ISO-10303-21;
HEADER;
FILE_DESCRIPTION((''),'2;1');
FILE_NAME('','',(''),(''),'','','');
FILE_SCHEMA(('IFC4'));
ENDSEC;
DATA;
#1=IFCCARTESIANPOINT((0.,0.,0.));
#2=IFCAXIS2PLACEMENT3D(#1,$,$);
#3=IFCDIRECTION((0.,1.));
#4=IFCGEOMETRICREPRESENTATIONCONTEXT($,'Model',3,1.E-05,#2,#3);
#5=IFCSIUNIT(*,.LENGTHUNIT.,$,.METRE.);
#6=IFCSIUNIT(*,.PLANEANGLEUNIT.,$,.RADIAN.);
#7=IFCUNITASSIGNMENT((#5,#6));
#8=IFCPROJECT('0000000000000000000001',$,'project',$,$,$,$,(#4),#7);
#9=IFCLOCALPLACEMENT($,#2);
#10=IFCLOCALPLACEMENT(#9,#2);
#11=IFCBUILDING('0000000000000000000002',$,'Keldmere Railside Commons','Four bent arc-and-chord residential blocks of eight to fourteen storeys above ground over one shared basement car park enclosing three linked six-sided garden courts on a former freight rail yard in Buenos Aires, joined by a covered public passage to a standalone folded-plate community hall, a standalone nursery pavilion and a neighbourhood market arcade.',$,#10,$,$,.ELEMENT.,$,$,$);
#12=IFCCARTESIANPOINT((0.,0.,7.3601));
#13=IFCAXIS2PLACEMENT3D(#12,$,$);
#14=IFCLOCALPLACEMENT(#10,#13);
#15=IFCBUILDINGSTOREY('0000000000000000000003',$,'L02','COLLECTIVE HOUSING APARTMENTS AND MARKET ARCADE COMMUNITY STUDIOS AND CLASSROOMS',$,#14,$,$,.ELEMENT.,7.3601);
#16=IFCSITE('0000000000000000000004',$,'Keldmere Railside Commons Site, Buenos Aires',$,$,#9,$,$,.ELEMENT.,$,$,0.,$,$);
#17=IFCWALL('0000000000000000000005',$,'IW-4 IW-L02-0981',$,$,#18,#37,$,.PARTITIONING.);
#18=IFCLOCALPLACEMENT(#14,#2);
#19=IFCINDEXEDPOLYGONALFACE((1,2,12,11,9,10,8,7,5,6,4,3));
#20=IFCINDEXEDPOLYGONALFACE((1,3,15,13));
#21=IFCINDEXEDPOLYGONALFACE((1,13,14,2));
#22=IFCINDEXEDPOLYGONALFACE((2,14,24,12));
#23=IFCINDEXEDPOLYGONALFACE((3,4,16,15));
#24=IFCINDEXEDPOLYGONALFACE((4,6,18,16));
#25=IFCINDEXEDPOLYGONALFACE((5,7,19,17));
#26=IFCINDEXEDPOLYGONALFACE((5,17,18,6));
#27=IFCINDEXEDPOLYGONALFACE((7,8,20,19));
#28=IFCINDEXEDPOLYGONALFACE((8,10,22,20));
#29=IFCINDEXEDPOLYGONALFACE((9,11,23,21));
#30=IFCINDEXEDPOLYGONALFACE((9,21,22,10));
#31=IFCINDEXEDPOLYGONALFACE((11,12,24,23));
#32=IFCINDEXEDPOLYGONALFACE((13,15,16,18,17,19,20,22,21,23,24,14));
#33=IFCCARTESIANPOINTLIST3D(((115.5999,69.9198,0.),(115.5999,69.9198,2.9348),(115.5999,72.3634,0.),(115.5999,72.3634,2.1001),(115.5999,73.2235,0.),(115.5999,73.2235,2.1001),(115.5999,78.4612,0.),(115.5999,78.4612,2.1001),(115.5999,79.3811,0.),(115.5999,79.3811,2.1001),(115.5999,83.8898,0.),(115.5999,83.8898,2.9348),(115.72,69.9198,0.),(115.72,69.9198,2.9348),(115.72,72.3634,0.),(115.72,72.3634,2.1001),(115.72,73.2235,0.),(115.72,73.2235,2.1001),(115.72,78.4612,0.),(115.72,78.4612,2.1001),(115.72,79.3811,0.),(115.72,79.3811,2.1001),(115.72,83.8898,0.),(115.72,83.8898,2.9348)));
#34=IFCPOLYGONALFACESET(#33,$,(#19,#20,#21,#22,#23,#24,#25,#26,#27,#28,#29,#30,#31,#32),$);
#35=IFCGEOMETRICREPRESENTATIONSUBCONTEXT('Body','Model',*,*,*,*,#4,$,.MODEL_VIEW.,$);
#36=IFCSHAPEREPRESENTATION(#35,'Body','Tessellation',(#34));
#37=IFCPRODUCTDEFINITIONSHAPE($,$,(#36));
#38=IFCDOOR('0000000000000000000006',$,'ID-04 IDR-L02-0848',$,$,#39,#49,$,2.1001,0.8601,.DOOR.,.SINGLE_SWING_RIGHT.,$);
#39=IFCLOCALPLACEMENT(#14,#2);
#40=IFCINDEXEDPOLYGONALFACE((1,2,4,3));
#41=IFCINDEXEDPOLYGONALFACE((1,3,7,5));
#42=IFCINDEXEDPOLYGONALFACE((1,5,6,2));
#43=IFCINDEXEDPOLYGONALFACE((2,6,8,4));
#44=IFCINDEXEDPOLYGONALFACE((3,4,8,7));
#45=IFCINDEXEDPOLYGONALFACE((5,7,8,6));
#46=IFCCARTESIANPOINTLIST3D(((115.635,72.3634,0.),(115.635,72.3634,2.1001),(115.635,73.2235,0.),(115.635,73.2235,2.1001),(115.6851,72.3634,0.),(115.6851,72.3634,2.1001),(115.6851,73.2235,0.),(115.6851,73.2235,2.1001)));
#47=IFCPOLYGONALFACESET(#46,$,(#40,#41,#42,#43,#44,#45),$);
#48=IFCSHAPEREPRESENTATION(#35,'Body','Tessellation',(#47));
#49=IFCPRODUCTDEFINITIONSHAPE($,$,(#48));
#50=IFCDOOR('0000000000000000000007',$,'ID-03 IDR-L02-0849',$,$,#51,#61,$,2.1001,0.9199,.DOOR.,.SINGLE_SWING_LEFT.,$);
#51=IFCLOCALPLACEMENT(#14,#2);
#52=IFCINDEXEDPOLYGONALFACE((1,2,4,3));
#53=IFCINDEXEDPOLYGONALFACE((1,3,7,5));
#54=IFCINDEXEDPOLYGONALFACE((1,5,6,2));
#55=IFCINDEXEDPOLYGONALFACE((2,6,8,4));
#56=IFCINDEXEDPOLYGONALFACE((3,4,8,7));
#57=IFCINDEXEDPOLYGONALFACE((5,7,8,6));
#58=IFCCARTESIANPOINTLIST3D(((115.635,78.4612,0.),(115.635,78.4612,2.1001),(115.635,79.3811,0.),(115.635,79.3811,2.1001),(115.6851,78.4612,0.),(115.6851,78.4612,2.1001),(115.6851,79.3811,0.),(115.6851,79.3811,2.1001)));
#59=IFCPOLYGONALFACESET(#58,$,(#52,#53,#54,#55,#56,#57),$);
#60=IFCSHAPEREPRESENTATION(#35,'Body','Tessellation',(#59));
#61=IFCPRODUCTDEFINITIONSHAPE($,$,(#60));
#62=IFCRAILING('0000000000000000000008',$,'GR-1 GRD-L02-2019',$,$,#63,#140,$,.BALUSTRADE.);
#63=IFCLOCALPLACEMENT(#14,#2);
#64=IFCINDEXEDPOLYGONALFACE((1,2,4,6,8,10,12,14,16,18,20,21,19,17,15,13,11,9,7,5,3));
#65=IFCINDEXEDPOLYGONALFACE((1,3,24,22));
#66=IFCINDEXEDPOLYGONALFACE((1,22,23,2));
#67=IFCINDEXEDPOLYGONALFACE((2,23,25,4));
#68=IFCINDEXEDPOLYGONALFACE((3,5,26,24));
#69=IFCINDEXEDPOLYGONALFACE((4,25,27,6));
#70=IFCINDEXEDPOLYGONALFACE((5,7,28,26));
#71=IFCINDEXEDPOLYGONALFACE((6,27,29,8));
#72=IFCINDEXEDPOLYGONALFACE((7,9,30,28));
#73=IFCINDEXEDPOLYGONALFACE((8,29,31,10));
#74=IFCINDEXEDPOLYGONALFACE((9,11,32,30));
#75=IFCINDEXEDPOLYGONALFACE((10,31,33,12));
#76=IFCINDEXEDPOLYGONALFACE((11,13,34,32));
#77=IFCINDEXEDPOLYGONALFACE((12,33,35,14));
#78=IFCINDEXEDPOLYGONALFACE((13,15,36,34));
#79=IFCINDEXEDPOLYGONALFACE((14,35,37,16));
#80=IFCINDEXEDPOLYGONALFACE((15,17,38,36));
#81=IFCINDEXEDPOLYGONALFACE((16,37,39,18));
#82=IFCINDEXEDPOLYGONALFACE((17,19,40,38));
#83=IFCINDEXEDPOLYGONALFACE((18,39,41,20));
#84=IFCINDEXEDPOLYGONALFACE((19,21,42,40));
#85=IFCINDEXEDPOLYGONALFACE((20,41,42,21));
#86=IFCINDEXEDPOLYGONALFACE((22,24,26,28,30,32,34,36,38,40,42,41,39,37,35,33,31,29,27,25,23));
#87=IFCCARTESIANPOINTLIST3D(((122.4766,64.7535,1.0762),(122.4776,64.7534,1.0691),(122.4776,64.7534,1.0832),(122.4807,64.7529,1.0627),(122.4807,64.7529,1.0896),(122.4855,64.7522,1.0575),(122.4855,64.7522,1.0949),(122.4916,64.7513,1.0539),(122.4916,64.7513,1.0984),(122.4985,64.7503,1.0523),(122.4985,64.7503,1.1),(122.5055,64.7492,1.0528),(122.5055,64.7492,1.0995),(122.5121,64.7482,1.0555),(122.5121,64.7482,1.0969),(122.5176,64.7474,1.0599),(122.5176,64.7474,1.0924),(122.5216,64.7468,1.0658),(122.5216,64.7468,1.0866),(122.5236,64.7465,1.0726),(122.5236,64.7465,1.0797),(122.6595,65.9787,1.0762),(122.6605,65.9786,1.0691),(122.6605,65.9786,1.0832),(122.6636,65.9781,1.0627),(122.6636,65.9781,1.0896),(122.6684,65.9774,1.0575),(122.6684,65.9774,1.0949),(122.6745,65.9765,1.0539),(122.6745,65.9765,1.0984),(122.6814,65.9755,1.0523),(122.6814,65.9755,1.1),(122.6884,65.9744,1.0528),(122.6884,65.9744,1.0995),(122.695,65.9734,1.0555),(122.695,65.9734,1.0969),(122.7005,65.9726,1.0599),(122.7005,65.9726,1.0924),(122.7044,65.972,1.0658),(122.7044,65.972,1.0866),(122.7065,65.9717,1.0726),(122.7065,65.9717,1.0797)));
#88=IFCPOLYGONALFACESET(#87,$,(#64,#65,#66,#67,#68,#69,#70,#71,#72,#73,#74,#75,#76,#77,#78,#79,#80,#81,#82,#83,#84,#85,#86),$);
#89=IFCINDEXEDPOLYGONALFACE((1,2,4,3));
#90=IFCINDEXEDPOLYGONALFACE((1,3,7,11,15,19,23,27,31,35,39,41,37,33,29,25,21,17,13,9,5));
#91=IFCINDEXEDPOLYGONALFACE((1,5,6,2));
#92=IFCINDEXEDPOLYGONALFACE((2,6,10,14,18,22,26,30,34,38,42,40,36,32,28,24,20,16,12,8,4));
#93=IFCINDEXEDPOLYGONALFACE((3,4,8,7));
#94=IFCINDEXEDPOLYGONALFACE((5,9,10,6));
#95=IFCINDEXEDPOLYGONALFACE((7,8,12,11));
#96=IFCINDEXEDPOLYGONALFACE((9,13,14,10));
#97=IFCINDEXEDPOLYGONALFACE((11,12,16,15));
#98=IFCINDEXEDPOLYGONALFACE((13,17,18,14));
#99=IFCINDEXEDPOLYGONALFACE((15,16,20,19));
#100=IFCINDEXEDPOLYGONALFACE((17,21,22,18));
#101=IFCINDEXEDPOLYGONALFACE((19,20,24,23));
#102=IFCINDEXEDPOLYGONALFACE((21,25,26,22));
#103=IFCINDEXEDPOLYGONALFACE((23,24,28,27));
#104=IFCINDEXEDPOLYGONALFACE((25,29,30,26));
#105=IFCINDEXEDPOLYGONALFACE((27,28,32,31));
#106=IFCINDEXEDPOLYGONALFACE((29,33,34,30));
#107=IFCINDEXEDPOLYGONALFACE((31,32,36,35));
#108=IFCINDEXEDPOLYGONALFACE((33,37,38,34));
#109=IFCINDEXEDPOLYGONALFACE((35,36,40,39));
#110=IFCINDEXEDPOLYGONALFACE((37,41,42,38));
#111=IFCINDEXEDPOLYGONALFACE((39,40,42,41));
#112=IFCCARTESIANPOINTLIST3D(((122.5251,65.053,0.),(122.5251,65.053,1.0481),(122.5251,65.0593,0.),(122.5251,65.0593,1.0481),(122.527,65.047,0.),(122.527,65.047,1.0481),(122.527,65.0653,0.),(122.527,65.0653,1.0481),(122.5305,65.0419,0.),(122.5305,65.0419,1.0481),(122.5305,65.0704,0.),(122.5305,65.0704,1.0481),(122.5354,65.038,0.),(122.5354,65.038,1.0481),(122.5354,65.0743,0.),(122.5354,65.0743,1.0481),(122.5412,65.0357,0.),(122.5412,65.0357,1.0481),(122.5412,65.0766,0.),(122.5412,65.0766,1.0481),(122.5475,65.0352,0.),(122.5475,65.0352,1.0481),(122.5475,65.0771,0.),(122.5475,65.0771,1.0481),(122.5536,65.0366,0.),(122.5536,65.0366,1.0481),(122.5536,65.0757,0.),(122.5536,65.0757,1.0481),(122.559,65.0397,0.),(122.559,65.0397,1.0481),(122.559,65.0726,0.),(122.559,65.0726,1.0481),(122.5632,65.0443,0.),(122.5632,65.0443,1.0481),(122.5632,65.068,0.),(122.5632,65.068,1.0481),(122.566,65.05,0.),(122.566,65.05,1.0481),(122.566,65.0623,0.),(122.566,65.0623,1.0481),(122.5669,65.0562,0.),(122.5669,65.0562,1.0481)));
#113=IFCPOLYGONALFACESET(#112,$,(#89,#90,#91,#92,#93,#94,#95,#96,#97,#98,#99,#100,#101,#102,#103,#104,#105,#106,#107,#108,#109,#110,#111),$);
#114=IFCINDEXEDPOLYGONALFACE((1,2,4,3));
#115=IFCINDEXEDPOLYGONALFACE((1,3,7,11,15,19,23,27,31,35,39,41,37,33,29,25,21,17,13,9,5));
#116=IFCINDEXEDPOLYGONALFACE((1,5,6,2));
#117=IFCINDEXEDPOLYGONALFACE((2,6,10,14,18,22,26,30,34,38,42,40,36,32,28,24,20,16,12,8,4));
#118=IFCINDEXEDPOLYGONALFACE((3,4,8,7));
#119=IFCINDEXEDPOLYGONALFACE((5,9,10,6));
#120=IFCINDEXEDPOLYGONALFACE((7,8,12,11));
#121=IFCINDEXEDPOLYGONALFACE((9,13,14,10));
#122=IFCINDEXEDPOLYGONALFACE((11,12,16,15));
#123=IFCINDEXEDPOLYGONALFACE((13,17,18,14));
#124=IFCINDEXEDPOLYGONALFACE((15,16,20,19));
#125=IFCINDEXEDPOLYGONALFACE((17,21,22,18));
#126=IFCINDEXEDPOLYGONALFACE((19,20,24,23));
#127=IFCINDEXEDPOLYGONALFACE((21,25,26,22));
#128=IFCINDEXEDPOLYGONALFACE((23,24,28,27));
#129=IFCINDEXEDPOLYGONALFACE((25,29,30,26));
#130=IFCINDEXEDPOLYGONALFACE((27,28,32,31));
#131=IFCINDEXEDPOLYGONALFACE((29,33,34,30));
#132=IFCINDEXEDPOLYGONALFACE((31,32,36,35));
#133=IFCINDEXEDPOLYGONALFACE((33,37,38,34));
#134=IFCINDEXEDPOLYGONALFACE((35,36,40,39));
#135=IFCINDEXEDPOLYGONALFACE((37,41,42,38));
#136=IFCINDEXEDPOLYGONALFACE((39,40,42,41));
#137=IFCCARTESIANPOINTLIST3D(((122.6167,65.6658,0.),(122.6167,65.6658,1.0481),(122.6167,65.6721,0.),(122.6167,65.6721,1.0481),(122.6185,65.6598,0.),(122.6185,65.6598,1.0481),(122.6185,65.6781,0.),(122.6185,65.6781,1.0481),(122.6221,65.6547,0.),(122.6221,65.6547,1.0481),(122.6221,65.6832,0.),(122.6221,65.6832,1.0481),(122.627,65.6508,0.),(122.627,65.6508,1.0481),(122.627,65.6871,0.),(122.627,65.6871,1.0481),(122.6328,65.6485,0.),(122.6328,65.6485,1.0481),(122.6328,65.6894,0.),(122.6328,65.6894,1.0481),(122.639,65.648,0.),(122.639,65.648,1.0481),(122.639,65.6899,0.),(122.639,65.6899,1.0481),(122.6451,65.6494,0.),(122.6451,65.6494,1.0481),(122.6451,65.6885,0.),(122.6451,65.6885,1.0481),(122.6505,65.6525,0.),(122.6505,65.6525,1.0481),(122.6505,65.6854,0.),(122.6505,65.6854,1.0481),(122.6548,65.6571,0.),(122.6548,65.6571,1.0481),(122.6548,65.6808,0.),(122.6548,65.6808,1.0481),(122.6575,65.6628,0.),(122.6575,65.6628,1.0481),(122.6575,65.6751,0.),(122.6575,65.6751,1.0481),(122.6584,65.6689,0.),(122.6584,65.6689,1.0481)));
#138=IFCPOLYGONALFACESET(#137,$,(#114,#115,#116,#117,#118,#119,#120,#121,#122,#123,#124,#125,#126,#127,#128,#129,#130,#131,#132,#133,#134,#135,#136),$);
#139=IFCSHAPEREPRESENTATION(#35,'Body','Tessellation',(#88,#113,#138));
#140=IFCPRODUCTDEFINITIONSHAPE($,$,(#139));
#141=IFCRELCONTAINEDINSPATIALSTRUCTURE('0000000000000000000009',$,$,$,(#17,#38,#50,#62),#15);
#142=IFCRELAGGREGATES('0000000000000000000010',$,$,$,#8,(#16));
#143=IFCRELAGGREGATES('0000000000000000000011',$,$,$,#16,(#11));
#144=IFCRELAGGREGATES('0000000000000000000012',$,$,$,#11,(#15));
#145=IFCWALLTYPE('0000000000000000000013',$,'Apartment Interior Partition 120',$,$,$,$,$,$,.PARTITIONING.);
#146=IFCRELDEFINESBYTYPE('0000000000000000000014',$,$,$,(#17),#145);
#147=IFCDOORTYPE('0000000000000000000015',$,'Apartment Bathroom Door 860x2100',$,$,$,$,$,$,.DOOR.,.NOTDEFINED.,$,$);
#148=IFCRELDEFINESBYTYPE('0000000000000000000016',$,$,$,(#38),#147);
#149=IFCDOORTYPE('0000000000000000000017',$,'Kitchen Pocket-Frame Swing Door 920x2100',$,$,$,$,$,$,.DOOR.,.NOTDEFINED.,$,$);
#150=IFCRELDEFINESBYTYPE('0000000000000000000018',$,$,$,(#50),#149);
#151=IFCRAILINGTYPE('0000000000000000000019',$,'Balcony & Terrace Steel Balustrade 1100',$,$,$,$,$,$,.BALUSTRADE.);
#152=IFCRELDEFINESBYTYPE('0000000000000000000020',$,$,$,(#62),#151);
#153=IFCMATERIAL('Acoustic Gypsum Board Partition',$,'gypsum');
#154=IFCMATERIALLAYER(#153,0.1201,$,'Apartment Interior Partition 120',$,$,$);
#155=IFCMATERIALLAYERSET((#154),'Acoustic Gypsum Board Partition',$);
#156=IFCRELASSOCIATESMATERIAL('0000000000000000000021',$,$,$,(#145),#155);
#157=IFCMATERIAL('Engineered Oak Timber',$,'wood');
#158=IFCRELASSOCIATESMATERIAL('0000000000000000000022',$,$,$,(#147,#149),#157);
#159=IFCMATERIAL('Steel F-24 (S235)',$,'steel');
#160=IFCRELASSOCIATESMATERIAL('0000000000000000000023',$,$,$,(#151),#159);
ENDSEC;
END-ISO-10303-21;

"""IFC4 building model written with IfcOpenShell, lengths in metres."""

from ifc_helpers import new_model, si_unit, direction, frame, frame_2d, origin, origin_2d, place, context, subcontext, project, spatial, rectangle, circle, extrude, material, layer, layer_set, type_object, element, fill, save


model = new_model("IFC4")

# Units and contexts
model_context = context("Model", 3, precision=1e-05, world=origin(), true_north=direction((0.0, 1.0)))
body_context = subcontext(model_context, "Body", "Model", "MODEL_VIEW")
ifc_project = project(units=[si_unit("LENGTHUNIT", "METRE"), si_unit("PLANEANGLEUNIT", "RADIAN")], contexts=[model_context])

# Site, building, storey
site_placement = place(None, origin())
site = spatial("IfcSite", under=ifc_project, at=site_placement, Name="Keldmere Railside Commons Site, Buenos Aires", CompositionType="ELEMENT", RefElevation=0.0)
building_placement = place(site_placement, origin())
building = spatial("IfcBuilding", under=site, at=building_placement, Name="Keldmere Railside Commons", Description="Four bent arc-and-chord residential blocks of eight to fourteen storeys above ground over one shared basement car park enclosing three linked six-sided garden courts on a former freight rail yard in Buenos Aires, joined by a covered public passage to a standalone folded-plate community hall, a standalone nursery pavilion and a neighbourhood market arcade.", CompositionType="ELEMENT")
storey_placement = place(building_placement, frame((0.0, 0.0, 7.3601)))
storey = spatial("IfcBuildingStorey", under=building, at=storey_placement, Name="L02", Description="COLLECTIVE HOUSING APARTMENTS AND MARKET ARCADE COMMUNITY STUDIOS AND CLASSROOMS", CompositionType="ELEMENT", Elevation=7.3601)

# Shared definitions
ifc_material_1 = material(Name="Acoustic Gypsum Board Partition", Category="gypsum")

# Shared definitions
ifc_layer_1 = layer(ifc_material_1, 0.1201, Name="Apartment Interior Partition 120")
ifc_layer_set_1 = layer_set([ifc_layer_1], Name="Acoustic Gypsum Board Partition")
wall_type_1 = type_object("IfcWallType", Name="Apartment Interior Partition 120", PredefinedType="PARTITIONING", material=ifc_layer_set_1)
ifc_material_2 = material(Name="Engineered Oak Timber", Category="wood")

# Wall, openings, doors
wall_1_placement = place(storey_placement, frame((115.6599, 69.9199, 0.0), z_axis=(0.0, 0.0, 1.0), x_axis=(0.0, 1.0, 0.0)))
wall_1 = element("IfcWall", 1, at=wall_1_placement, inside=storey, type_object=wall_type_1, Name="IW-4 IW-L02-0981", PredefinedType="PARTITIONING", context=body_context, shape_type="SweptSolid", body=[
    extrude(rectangle(XDim=13.97, YDim=0.1201, at=frame_2d((6.9849, 0.0))), origin(), (0.0, 0.0, 1.0), 2.9348),
])
opening_1_placement = place(wall_1_placement, frame((2.4434, 0.0, 0.0)))
opening_1 = element("IfcOpeningElement", 2, at=opening_1_placement, cuts=wall_1, PredefinedType="OPENING", context=body_context, shape_type="SweptSolid", body=[
    extrude(rectangle(XDim=0.8601, YDim=2.1001, at=frame_2d((0.4302, 1.05))), frame((0.0, 0.0701, 0.0), z_axis=(0.0, -1.0, 0.0), x_axis=(1.0, 0.0, 0.0)), (0.0, 0.0, 1.0), 0.1401),
])
opening_2_placement = place(wall_1_placement, frame((8.5413, 0.0, 0.0)))
opening_2 = element("IfcOpeningElement", 3, at=opening_2_placement, cuts=wall_1, PredefinedType="OPENING", context=body_context, shape_type="SweptSolid", body=[
    extrude(rectangle(XDim=0.9199, YDim=2.1001, at=frame_2d((0.46, 1.05))), frame((0.0, 0.0701, 0.0), z_axis=(0.0, -1.0, 0.0), x_axis=(1.0, 0.0, 0.0)), (0.0, 0.0, 1.0), 0.1401),
])
door_type_1 = type_object("IfcDoorType", Name="Apartment Bathroom Door 860x2100", OperationType="NOTDEFINED", PredefinedType="DOOR", material=ifc_material_2)
door_1_placement = place(opening_1_placement, origin())
door_1 = element("IfcDoor", 4, at=door_1_placement, inside=storey, type_object=door_type_1, Name="ID-04 IDR-L02-0848", OperationType="SINGLE_SWING_RIGHT", OverallHeight=2.1001, OverallWidth=0.8601, PredefinedType="DOOR", context=body_context, shape_type="SweptSolid", body=[
    extrude(rectangle(XDim=0.8601, YDim=2.1001, at=frame_2d((0.4302, 1.05))), frame((0.0, 0.0249, 0.0), z_axis=(0.0, -1.0, 0.0), x_axis=(1.0, 0.0, 0.0)), (0.0, 0.0, 1.0), 0.05),
])
fill(opening_1, door_1)
door_type_2 = type_object("IfcDoorType", Name="Kitchen Pocket-Frame Swing Door 920x2100", OperationType="NOTDEFINED", PredefinedType="DOOR", material=ifc_material_2)
door_2_placement = place(opening_2_placement, origin())
door_2 = element("IfcDoor", 5, at=door_2_placement, inside=storey, type_object=door_type_2, Name="ID-03 IDR-L02-0849", OperationType="SINGLE_SWING_LEFT", OverallHeight=2.1001, OverallWidth=0.9199, PredefinedType="DOOR", context=body_context, shape_type="SweptSolid", body=[
    extrude(rectangle(XDim=0.9199, YDim=2.1001, at=frame_2d((0.46, 1.05))), frame((0.0, 0.0249, 0.0), z_axis=(0.0, -1.0, 0.0), x_axis=(1.0, 0.0, 0.0)), (0.0, 0.0, 1.0), 0.05),
])
fill(opening_2, door_2)

# Railing
ifc_material_3 = material(Name="Steel F-24 (S235)", Category="steel")
railing_type = type_object("IfcRailingType", Name="Balcony & Terrace Steel Balustrade 1100", PredefinedType="BALUSTRADE", material=ifc_material_3)
railing_1_placement = place(storey_placement, frame((122.5002, 64.75, 0.0)))
element("IfcRailing", 6, at=railing_1_placement, inside=storey, type_object=railing_type, Name="GR-1 GRD-L02-2019", PredefinedType="BALUSTRADE", context=body_context, shape_type="SweptSolid", body=[
    extrude(circle(Radius=0.0239, at=origin_2d()), frame((0.0, 0.0, 1.0762), z_axis=(0.147627, 0.989043, 0.0), x_axis=(-0.989043, 0.147627, 0.0)), (0.0, 0.0, 1.0), 1.2388),
    extrude(circle(Radius=0.021, at=origin_2d()), frame((0.0457, 0.3062, 0.0)), (0.0, 0.0, 1.0), 1.0481),
    extrude(circle(Radius=0.021, at=origin_2d()), frame((0.1372, 0.9189, 0.0)), (0.0, 0.0, 1.0), 1.0481),
])

save(model, "model.ifc")
